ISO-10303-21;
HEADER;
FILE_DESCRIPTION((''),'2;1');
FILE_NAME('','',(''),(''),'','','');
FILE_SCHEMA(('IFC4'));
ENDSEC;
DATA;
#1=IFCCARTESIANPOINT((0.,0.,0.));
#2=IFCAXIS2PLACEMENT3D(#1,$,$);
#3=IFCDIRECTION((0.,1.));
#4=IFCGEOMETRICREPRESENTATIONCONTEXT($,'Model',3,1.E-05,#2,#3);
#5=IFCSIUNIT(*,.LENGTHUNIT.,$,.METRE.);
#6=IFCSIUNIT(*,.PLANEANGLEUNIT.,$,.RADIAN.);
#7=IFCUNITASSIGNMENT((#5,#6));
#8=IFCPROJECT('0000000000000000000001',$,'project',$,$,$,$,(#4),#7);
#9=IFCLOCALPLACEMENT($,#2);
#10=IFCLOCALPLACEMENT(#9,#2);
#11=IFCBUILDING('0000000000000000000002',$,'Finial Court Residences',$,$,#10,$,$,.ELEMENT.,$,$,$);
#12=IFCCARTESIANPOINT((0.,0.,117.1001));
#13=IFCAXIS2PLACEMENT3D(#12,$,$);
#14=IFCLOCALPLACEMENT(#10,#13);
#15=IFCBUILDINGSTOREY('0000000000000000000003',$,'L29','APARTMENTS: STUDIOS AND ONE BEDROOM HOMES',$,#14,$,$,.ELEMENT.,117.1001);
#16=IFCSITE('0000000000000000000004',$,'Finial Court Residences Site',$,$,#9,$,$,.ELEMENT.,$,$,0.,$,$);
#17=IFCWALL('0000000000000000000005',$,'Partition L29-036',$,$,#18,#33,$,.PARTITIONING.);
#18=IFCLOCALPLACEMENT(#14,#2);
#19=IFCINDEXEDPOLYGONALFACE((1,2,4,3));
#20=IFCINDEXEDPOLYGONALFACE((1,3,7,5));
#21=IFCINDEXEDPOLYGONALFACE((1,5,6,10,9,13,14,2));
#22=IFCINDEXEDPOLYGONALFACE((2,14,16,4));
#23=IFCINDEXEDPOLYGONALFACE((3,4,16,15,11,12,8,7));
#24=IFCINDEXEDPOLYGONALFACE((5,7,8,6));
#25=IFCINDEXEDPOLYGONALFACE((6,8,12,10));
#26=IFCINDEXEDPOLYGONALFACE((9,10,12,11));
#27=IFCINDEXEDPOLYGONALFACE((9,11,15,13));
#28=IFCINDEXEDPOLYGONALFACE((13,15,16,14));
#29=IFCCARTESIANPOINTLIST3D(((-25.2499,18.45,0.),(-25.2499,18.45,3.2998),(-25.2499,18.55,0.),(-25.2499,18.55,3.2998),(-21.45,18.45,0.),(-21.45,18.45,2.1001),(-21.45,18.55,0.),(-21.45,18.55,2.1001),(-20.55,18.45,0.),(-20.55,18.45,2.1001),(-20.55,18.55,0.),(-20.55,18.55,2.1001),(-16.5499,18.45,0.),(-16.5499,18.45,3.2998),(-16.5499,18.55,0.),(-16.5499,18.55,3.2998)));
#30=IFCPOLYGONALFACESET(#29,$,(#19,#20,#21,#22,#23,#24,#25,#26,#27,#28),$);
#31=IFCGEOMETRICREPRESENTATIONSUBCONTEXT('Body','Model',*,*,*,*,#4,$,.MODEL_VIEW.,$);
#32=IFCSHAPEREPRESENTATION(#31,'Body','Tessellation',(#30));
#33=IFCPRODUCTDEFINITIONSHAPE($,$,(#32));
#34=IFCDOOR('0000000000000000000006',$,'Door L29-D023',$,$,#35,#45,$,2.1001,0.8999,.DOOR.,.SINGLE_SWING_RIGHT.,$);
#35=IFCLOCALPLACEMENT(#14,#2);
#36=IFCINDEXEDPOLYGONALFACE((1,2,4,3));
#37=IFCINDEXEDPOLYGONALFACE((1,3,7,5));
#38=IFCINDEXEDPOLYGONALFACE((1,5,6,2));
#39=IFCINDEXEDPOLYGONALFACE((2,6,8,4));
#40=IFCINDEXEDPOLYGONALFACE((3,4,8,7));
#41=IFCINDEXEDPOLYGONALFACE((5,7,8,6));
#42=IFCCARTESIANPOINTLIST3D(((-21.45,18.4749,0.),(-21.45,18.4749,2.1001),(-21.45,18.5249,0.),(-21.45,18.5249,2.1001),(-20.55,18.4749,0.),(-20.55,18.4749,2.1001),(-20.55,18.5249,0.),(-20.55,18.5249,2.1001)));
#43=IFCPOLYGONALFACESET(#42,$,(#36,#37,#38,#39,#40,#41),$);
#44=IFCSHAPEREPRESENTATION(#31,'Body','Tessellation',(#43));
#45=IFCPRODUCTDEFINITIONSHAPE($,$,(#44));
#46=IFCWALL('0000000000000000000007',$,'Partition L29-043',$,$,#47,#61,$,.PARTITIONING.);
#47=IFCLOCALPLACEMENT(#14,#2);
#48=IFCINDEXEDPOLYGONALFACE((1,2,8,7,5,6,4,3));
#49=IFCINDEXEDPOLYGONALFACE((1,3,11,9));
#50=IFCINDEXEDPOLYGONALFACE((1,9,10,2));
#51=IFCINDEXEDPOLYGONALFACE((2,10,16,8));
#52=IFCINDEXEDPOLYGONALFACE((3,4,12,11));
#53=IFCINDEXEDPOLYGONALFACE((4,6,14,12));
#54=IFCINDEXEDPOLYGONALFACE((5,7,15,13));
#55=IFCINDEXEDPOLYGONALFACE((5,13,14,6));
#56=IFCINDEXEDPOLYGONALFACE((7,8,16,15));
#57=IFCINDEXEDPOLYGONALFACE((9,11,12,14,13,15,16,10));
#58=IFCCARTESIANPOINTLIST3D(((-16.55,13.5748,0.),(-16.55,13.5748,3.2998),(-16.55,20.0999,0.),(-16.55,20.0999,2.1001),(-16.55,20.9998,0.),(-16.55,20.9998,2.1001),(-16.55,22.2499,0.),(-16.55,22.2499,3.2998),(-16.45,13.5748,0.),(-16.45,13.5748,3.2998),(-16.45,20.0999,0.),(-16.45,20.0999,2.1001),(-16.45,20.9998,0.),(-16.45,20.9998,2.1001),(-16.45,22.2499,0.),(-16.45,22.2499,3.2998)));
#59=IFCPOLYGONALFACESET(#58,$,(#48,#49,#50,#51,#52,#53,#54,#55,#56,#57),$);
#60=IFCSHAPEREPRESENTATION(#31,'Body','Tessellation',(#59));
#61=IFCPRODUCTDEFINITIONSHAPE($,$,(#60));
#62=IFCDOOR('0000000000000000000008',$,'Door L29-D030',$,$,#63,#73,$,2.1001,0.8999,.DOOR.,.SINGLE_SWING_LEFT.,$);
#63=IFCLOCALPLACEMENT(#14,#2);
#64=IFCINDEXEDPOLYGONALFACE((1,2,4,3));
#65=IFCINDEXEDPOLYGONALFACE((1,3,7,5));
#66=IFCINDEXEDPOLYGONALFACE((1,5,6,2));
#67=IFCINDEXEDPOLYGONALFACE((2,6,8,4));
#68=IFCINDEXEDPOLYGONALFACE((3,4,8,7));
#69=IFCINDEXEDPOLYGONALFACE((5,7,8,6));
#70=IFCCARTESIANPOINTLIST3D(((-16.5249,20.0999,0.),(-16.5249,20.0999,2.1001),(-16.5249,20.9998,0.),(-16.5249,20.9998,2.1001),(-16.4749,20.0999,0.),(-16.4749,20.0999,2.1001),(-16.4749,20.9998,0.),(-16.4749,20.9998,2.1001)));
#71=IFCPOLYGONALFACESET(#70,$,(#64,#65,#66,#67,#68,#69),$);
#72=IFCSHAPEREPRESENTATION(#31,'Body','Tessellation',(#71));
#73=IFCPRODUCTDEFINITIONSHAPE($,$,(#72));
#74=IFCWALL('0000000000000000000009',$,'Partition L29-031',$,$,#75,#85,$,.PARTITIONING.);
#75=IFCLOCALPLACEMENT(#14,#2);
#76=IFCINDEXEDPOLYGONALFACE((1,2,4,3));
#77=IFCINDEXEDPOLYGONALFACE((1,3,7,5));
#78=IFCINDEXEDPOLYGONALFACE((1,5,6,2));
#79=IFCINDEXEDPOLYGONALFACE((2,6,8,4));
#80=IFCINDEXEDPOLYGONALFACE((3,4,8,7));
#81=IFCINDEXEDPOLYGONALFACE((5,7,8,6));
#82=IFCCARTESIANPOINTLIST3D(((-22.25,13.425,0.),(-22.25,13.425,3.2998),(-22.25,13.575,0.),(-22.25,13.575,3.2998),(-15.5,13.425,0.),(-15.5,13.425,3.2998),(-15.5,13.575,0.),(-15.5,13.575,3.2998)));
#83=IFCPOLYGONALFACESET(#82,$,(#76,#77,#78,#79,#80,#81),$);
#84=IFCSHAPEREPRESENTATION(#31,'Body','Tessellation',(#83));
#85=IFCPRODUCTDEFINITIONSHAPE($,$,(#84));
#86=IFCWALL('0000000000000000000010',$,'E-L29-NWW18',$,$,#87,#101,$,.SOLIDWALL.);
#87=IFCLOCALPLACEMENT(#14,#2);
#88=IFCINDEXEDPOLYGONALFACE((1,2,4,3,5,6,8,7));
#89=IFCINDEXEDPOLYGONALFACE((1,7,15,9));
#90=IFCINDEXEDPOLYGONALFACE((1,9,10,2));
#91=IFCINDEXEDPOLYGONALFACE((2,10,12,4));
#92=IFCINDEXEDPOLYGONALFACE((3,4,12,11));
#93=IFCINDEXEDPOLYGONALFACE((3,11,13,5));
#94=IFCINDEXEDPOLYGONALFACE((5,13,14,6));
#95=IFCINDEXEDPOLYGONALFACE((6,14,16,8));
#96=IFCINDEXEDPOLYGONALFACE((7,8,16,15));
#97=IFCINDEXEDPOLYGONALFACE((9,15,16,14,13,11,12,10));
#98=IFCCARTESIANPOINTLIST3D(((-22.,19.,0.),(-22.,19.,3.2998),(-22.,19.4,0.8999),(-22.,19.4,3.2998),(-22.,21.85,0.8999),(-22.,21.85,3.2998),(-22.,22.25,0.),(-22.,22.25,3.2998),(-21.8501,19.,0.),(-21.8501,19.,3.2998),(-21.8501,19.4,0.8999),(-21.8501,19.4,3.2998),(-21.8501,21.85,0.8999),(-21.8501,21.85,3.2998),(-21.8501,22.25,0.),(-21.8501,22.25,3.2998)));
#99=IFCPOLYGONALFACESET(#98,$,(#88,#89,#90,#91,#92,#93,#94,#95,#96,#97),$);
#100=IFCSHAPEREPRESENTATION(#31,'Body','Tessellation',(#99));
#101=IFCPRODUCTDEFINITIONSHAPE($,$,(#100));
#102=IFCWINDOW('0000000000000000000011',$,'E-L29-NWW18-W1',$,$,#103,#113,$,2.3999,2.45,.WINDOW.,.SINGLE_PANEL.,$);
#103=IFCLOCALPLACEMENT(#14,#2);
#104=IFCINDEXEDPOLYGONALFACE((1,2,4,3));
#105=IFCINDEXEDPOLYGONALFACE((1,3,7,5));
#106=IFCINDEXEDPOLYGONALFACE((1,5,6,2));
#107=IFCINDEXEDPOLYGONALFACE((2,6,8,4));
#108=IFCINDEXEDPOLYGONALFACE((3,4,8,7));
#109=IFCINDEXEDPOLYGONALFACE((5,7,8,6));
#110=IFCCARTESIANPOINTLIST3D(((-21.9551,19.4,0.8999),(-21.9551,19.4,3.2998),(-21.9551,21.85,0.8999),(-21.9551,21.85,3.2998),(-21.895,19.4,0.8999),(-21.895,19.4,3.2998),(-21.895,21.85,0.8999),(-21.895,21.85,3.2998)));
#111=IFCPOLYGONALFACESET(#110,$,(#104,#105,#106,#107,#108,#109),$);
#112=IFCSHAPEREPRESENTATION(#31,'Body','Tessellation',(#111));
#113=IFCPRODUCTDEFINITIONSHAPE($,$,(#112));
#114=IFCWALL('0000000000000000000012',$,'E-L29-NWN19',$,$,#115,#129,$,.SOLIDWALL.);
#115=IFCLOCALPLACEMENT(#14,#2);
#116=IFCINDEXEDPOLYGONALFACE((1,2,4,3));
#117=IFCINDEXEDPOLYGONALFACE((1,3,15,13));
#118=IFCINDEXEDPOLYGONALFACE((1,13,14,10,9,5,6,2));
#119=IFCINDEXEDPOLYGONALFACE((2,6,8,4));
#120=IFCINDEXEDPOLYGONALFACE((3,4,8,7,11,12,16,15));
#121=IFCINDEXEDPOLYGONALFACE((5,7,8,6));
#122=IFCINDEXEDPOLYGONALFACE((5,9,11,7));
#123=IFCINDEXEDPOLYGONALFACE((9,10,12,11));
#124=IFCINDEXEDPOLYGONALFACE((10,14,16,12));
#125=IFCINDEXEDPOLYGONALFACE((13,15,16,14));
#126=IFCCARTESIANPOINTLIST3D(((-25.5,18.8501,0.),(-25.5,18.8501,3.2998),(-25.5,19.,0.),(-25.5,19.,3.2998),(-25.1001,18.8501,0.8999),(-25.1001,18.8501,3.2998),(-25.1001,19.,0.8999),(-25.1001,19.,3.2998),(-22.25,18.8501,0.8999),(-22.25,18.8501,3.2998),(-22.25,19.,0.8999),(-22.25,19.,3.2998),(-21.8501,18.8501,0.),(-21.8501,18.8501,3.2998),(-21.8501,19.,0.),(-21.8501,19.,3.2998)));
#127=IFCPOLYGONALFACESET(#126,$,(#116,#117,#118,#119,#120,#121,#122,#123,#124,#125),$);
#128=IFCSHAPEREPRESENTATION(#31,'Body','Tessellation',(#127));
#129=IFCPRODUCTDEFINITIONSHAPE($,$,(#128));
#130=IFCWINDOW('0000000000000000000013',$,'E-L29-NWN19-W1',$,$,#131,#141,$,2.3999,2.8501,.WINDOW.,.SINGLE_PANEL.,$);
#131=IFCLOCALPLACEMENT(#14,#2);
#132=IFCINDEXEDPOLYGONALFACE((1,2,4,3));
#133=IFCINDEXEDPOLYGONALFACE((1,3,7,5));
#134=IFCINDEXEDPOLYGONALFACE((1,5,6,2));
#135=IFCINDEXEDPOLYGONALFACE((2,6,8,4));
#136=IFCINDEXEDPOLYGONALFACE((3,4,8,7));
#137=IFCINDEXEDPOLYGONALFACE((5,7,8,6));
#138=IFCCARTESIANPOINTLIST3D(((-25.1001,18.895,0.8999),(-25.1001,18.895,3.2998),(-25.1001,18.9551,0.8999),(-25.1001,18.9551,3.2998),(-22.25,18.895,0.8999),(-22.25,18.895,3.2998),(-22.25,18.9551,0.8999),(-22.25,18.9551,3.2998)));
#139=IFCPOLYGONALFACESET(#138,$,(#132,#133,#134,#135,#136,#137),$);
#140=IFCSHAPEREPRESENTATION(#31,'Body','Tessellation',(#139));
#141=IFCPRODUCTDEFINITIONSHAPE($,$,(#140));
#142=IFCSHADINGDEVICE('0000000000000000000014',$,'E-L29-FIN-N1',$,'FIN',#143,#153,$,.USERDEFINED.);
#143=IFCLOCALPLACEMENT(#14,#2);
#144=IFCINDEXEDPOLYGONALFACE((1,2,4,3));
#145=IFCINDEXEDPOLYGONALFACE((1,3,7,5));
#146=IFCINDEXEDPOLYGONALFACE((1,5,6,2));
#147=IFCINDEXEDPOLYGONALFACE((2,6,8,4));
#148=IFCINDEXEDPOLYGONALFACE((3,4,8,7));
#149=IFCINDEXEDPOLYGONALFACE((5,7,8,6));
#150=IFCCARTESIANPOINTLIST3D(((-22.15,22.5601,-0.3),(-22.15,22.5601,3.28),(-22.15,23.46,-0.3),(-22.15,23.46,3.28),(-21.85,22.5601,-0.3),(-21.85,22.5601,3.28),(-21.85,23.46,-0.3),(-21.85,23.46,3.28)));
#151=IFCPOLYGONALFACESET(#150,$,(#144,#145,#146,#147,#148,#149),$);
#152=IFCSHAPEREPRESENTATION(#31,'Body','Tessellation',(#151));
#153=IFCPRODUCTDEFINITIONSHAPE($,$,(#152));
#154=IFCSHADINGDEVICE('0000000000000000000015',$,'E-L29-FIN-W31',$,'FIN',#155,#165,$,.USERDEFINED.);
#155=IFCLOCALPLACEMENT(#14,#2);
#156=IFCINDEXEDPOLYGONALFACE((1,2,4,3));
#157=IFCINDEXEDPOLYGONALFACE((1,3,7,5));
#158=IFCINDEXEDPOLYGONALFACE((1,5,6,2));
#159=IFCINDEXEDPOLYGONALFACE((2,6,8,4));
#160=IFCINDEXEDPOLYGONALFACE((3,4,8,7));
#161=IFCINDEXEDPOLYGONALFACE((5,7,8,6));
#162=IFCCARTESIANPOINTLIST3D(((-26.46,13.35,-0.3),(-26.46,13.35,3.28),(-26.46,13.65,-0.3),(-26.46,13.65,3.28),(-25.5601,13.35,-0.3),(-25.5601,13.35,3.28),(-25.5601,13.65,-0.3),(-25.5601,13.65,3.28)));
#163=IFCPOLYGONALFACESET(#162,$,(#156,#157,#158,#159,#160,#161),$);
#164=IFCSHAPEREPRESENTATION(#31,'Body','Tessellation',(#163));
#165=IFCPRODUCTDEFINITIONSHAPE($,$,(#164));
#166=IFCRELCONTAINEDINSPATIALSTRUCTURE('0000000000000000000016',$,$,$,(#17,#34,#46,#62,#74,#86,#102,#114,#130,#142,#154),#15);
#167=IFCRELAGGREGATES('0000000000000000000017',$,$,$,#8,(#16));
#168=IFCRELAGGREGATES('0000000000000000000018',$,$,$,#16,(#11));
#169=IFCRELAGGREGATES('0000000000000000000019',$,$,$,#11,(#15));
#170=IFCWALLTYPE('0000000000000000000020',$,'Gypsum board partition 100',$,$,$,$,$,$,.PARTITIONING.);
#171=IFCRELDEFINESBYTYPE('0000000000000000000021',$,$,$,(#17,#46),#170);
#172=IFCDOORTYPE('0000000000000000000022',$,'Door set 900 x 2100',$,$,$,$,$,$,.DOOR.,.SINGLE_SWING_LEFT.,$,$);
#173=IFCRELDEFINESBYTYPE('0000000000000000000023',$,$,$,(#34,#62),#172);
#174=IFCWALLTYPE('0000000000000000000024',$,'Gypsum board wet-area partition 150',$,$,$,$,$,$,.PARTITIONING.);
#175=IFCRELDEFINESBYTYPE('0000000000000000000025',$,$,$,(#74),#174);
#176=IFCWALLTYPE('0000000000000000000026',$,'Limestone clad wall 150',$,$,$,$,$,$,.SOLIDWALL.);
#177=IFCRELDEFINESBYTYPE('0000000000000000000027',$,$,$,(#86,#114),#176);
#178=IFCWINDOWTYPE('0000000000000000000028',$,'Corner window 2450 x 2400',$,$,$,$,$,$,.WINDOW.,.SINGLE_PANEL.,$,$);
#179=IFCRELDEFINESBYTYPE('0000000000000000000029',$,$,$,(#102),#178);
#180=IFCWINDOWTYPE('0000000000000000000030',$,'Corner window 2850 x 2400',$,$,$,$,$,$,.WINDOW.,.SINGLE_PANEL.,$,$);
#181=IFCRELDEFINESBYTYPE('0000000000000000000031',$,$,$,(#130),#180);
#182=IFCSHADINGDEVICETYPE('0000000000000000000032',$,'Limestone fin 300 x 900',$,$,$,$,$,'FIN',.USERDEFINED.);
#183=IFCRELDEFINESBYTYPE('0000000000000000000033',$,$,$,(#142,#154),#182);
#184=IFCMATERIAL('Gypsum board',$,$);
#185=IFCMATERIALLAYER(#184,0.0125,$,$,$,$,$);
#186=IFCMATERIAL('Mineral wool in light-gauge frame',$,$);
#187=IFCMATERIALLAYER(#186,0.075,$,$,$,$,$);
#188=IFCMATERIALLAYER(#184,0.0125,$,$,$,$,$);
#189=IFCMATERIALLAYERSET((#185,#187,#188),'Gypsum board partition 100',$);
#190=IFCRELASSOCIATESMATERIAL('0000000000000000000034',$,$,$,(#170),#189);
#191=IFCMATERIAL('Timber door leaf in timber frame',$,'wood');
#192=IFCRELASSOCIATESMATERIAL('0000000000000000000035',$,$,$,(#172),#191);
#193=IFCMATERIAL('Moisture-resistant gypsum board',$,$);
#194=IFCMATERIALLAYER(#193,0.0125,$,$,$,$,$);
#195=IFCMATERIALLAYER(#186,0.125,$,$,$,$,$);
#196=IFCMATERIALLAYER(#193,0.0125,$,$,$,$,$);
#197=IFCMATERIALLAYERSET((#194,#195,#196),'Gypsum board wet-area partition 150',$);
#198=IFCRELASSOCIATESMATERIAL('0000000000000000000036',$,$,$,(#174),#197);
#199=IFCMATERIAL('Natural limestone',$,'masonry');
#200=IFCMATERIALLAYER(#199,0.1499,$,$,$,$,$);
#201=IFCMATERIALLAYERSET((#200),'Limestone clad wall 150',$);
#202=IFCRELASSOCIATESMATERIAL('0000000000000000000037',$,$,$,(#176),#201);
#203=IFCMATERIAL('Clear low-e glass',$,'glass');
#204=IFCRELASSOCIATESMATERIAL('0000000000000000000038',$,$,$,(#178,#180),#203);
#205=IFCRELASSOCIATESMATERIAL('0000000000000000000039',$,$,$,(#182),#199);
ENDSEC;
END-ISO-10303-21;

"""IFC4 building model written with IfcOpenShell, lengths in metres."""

from ifc_helpers import new_model, si_unit, direction, frame, frame_2d, origin, origin_2d, place, context, subcontext, project, spatial, rectangle, extrude, material, layer, layer_set, type_object, element, fill, save


model = new_model("IFC4")

# Units and contexts
model_context = context("Model", 3, precision=1e-05, world=origin(), true_north=direction((0.0, 1.0)))
body_context = subcontext(model_context, "Body", "Model", "MODEL_VIEW")
ifc_project = project(units=[si_unit("LENGTHUNIT", "METRE"), si_unit("PLANEANGLEUNIT", "RADIAN")], contexts=[model_context])

# Site, building, storey
site_placement = place(None, origin())
site = spatial("IfcSite", under=ifc_project, at=site_placement, Name="Finial Court Residences Site", CompositionType="ELEMENT", RefElevation=0.0)
building_placement = place(site_placement, origin())
building = spatial("IfcBuilding", under=site, at=building_placement, Name="Finial Court Residences", CompositionType="ELEMENT")
storey_placement = place(building_placement, frame((0.0, 0.0, 117.1001)))
storey = spatial("IfcBuildingStorey", under=building, at=storey_placement, Name="L29", Description="APARTMENTS: STUDIOS AND ONE BEDROOM HOMES", CompositionType="ELEMENT", Elevation=117.1001)

# Shared definitions
ifc_material_1 = material(Name="Clear low-e glass", Category="glass")

# Shared definitions
ifc_material_2 = material(Name="Gypsum board")
ifc_layer_1 = layer(ifc_material_2, 0.0125)
ifc_material_3 = material(Name="Mineral wool in light-gauge frame")
ifc_layer_2 = layer(ifc_material_3, 0.075)
ifc_layer_3 = layer(ifc_material_2, 0.0125)
ifc_layer_set_1 = layer_set([ifc_layer_1, ifc_layer_2, ifc_layer_3], Name="Gypsum board partition 100")
wall_type_1 = type_object("IfcWallType", Name="Gypsum board partition 100", PredefinedType="PARTITIONING", material=ifc_layer_set_1)

# Walls, openings, doors
wall_1_placement = place(storey_placement, frame((-25.25, 18.5, 0.0), z_axis=(0.0, 0.0, 1.0), x_axis=(1.0, 0.0, 0.0)))
wall_1 = element("IfcWall", 1, at=wall_1_placement, inside=storey, type_object=wall_type_1, Name="Partition L29-036", PredefinedType="PARTITIONING", context=body_context, shape_type="SweptSolid", body=[
    extrude(rectangle(XDim=8.7, YDim=0.1001, at=frame_2d((4.3501, 0.0))), origin(), (0.0, 0.0, 1.0), 3.2998),
])
opening_1_placement = place(wall_1_placement, frame((3.8, 0.0, 0.0)))
opening_1 = element("IfcOpeningElement", 2, at=opening_1_placement, cuts=wall_1, PredefinedType="OPENING", context=body_context, shape_type="SweptSolid", body=[
    extrude(rectangle(XDim=0.8999, YDim=2.1001, at=frame_2d((0.45, 1.05))), frame((0.0, 0.0601, 0.0), z_axis=(0.0, -1.0, 0.0), x_axis=(1.0, 0.0, 0.0)), (0.0, 0.0, 1.0), 0.1201),
])
ifc_material_4 = material(Name="Timber door leaf in timber frame", Category="wood")
door_type = type_object("IfcDoorType", Name="Door set 900 x 2100", OperationType="SINGLE_SWING_LEFT", PredefinedType="DOOR", material=ifc_material_4)
door_1_placement = place(opening_1_placement, origin())
door_1 = element("IfcDoor", 3, at=door_1_placement, inside=storey, type_object=door_type, Name="Door L29-D023", OperationType="SINGLE_SWING_RIGHT", OverallHeight=2.1001, OverallWidth=0.8999, PredefinedType="DOOR", context=body_context, shape_type="SweptSolid", body=[
    extrude(rectangle(XDim=0.8999, YDim=2.1001, at=frame_2d((0.45, 1.05))), frame((0.0, 0.0249, 0.0), z_axis=(0.0, -1.0, 0.0), x_axis=(1.0, 0.0, 0.0)), (0.0, 0.0, 1.0), 0.05),
])
fill(opening_1, door_1)
wall_2_placement = place(storey_placement, frame((-16.5, 13.575, 0.0), z_axis=(0.0, 0.0, 1.0), x_axis=(0.0, 1.0, 0.0)))
wall_2 = element("IfcWall", 4, at=wall_2_placement, inside=storey, type_object=wall_type_1, Name="Partition L29-043", PredefinedType="PARTITIONING", context=body_context, shape_type="SweptSolid", body=[
    extrude(rectangle(XDim=8.675, YDim=0.1001, at=frame_2d((4.3374, 0.0))), origin(), (0.0, 0.0, 1.0), 3.2998),
])
opening_2_placement = place(wall_2_placement, frame((6.5249, 0.0, 0.0)))
opening_2 = element("IfcOpeningElement", 5, at=opening_2_placement, cuts=wall_2, PredefinedType="OPENING", context=body_context, shape_type="SweptSolid", body=[
    extrude(rectangle(XDim=0.8999, YDim=2.1001, at=frame_2d((0.45, 1.05))), frame((0.0, 0.0601, 0.0), z_axis=(0.0, -1.0, 0.0), x_axis=(1.0, 0.0, 0.0)), (0.0, 0.0, 1.0), 0.1201),
])
door_2_placement = place(opening_2_placement, origin())
door_2 = element("IfcDoor", 6, at=door_2_placement, inside=storey, type_object=door_type, Name="Door L29-D030", OperationType="SINGLE_SWING_LEFT", OverallHeight=2.1001, OverallWidth=0.8999, PredefinedType="DOOR", context=body_context, shape_type="SweptSolid", body=[
    extrude(rectangle(XDim=0.8999, YDim=2.1001, at=frame_2d((0.45, 1.05))), frame((0.0, 0.0249, 0.0), z_axis=(0.0, -1.0, 0.0), x_axis=(1.0, 0.0, 0.0)), (0.0, 0.0, 1.0), 0.05),
])
fill(opening_2, door_2)

# Wall
ifc_material_5 = material(Name="Moisture-resistant gypsum board")
ifc_layer_4 = layer(ifc_material_5, 0.0125)
ifc_layer_5 = layer(ifc_material_3, 0.125)
ifc_layer_6 = layer(ifc_material_5, 0.0125)
ifc_layer_set_2 = layer_set([ifc_layer_4, ifc_layer_5, ifc_layer_6], Name="Gypsum board wet-area partition 150")
wall_type_2 = type_object("IfcWallType", Name="Gypsum board wet-area partition 150", PredefinedType="PARTITIONING", material=ifc_layer_set_2)
wall_3_placement = place(storey_placement, frame((-22.25, 13.5, 0.0), z_axis=(0.0, 0.0, 1.0), x_axis=(1.0, 0.0, 0.0)))
element("IfcWall", 7, at=wall_3_placement, inside=storey, type_object=wall_type_2, Name="Partition L29-031", PredefinedType="PARTITIONING", context=body_context, shape_type="SweptSolid", body=[
    extrude(rectangle(XDim=6.75, YDim=0.1499, at=frame_2d((3.375, 0.0))), origin(), (0.0, 0.0, 1.0), 3.2998),
])

# Walls, openings, windows
ifc_material_6 = material(Name="Natural limestone", Category="masonry")
ifc_layer_7 = layer(ifc_material_6, 0.1499)
ifc_layer_set_3 = layer_set([ifc_layer_7], Name="Limestone clad wall 150")
wall_type_3 = type_object("IfcWallType", Name="Limestone clad wall 150", PredefinedType="SOLIDWALL", material=ifc_layer_set_3)
wall_4_placement = place(storey_placement, frame((-21.925, 19.0, 0.0), z_axis=(0.0, 0.0, 1.0), x_axis=(0.0, 1.0, 0.0)))
wall_4 = element("IfcWall", 8, at=wall_4_placement, inside=storey, type_object=wall_type_3, Name="E-L29-NWW18", PredefinedType="SOLIDWALL", context=body_context, shape_type="SweptSolid", body=[
    extrude(rectangle(XDim=3.25, YDim=0.1499, at=frame_2d((1.625, 0.0))), origin(), (0.0, 0.0, 1.0), 3.2998),
])
opening_3_placement = place(wall_4_placement, frame((0.3999, 0.0, 0.8999)))
opening_3 = element("IfcOpeningElement", 9, at=opening_3_placement, cuts=wall_4, PredefinedType="OPENING", context=body_context, shape_type="SweptSolid", body=[
    extrude(rectangle(XDim=2.45, YDim=2.3999, at=frame_2d((1.2251, 1.2))), frame((0.0, 0.085, 0.0), z_axis=(0.0, -1.0, 0.0), x_axis=(1.0, 0.0, 0.0)), (0.0, 0.0, 1.0), 0.1699),
])
window_type_1 = type_object("IfcWindowType", Name="Corner window 2450 x 2400", PartitioningType="SINGLE_PANEL", PredefinedType="WINDOW", material=ifc_material_1)
window_1_placement = place(opening_3_placement, origin())
window_1 = element("IfcWindow", 10, at=window_1_placement, inside=storey, type_object=window_type_1, Name="E-L29-NWW18-W1", OverallHeight=2.3999, OverallWidth=2.45, PartitioningType="SINGLE_PANEL", PredefinedType="WINDOW", context=body_context, shape_type="SweptSolid", body=[
    extrude(rectangle(XDim=2.45, YDim=2.3999, at=frame_2d((1.2251, 1.2))), frame((0.0, 0.03, 0.0), z_axis=(0.0, -1.0, 0.0), x_axis=(1.0, 0.0, 0.0)), (0.0, 0.0, 1.0), 0.0601),
])
fill(opening_3, window_1)
wall_5_placement = place(storey_placement, frame((-25.5, 18.925, 0.0), z_axis=(0.0, 0.0, 1.0), x_axis=(1.0, 0.0, 0.0)))
wall_5 = element("IfcWall", 11, at=wall_5_placement, inside=storey, type_object=wall_type_3, Name="E-L29-NWN19", PredefinedType="SOLIDWALL", context=body_context, shape_type="SweptSolid", body=[
    extrude(rectangle(XDim=3.6499, YDim=0.1499, at=frame_2d((1.825, 0.0))), origin(), (0.0, 0.0, 1.0), 3.2998),
])
opening_4_placement = place(wall_5_placement, frame((0.3999, 0.0, 0.8999)))
opening_4 = element("IfcOpeningElement", 12, at=opening_4_placement, cuts=wall_5, PredefinedType="OPENING", context=body_context, shape_type="SweptSolid", body=[
    extrude(rectangle(XDim=2.8501, YDim=2.3999, at=frame_2d((1.425, 1.2))), frame((0.0, 0.085, 0.0), z_axis=(0.0, -1.0, 0.0), x_axis=(1.0, 0.0, 0.0)), (0.0, 0.0, 1.0), 0.1699),
])
window_type_2 = type_object("IfcWindowType", Name="Corner window 2850 x 2400", PartitioningType="SINGLE_PANEL", PredefinedType="WINDOW", material=ifc_material_1)
window_2_placement = place(opening_4_placement, origin())
window_2 = element("IfcWindow", 13, at=window_2_placement, inside=storey, type_object=window_type_2, Name="E-L29-NWN19-W1", OverallHeight=2.3999, OverallWidth=2.8501, PartitioningType="SINGLE_PANEL", PredefinedType="WINDOW", context=body_context, shape_type="SweptSolid", body=[
    extrude(rectangle(XDim=2.8501, YDim=2.3999, at=frame_2d((1.425, 1.2))), frame((0.0, 0.03, 0.0), z_axis=(0.0, -1.0, 0.0), x_axis=(1.0, 0.0, 0.0)), (0.0, 0.0, 1.0), 0.0601),
])
fill(opening_4, window_2)

# Shading devices
shading_device_type = type_object("IfcShadingDeviceType", Name="Limestone fin 300 x 900", ElementType="FIN", PredefinedType="USERDEFINED", material=ifc_material_6)
shading_device_placement = place(storey_placement, frame((-22.0, 23.01, -0.3), z_axis=(0.0, 0.0, 1.0), x_axis=(1.0, 0.0, 0.0)))
element("IfcShadingDevice", 14, at=shading_device_placement, inside=storey, type_object=shading_device_type, Name="E-L29-FIN-N1", ObjectType="FIN", PredefinedType="USERDEFINED", context=body_context, shape_type="SweptSolid", body=[
    extrude(rectangle(XDim=0.3, YDim=0.8999, at=origin_2d()), origin(), (0.0, 0.0, 1.0), 3.5801),
])
for number, where, z_axis, x_axis, name in (
    (15, (-26.01, 13.5, -0.3), (0.0, 0.0, 1.0), (1.0, 0.0, 0.0), "E-L29-FIN-W31"),
):
    element("IfcShadingDevice", number, at=place(storey_placement, frame(where, z_axis=z_axis, x_axis=x_axis)), inside=storey, type_object=shading_device_type, Name=name, ObjectType="FIN", PredefinedType="USERDEFINED", context=body_context, shape_type="SweptSolid", body=[
        extrude(rectangle(XDim=0.8999, YDim=0.3, at=origin_2d()), origin(), (0.0, 0.0, 1.0), 3.5801),
    ])

save(model, "model.ifc")
